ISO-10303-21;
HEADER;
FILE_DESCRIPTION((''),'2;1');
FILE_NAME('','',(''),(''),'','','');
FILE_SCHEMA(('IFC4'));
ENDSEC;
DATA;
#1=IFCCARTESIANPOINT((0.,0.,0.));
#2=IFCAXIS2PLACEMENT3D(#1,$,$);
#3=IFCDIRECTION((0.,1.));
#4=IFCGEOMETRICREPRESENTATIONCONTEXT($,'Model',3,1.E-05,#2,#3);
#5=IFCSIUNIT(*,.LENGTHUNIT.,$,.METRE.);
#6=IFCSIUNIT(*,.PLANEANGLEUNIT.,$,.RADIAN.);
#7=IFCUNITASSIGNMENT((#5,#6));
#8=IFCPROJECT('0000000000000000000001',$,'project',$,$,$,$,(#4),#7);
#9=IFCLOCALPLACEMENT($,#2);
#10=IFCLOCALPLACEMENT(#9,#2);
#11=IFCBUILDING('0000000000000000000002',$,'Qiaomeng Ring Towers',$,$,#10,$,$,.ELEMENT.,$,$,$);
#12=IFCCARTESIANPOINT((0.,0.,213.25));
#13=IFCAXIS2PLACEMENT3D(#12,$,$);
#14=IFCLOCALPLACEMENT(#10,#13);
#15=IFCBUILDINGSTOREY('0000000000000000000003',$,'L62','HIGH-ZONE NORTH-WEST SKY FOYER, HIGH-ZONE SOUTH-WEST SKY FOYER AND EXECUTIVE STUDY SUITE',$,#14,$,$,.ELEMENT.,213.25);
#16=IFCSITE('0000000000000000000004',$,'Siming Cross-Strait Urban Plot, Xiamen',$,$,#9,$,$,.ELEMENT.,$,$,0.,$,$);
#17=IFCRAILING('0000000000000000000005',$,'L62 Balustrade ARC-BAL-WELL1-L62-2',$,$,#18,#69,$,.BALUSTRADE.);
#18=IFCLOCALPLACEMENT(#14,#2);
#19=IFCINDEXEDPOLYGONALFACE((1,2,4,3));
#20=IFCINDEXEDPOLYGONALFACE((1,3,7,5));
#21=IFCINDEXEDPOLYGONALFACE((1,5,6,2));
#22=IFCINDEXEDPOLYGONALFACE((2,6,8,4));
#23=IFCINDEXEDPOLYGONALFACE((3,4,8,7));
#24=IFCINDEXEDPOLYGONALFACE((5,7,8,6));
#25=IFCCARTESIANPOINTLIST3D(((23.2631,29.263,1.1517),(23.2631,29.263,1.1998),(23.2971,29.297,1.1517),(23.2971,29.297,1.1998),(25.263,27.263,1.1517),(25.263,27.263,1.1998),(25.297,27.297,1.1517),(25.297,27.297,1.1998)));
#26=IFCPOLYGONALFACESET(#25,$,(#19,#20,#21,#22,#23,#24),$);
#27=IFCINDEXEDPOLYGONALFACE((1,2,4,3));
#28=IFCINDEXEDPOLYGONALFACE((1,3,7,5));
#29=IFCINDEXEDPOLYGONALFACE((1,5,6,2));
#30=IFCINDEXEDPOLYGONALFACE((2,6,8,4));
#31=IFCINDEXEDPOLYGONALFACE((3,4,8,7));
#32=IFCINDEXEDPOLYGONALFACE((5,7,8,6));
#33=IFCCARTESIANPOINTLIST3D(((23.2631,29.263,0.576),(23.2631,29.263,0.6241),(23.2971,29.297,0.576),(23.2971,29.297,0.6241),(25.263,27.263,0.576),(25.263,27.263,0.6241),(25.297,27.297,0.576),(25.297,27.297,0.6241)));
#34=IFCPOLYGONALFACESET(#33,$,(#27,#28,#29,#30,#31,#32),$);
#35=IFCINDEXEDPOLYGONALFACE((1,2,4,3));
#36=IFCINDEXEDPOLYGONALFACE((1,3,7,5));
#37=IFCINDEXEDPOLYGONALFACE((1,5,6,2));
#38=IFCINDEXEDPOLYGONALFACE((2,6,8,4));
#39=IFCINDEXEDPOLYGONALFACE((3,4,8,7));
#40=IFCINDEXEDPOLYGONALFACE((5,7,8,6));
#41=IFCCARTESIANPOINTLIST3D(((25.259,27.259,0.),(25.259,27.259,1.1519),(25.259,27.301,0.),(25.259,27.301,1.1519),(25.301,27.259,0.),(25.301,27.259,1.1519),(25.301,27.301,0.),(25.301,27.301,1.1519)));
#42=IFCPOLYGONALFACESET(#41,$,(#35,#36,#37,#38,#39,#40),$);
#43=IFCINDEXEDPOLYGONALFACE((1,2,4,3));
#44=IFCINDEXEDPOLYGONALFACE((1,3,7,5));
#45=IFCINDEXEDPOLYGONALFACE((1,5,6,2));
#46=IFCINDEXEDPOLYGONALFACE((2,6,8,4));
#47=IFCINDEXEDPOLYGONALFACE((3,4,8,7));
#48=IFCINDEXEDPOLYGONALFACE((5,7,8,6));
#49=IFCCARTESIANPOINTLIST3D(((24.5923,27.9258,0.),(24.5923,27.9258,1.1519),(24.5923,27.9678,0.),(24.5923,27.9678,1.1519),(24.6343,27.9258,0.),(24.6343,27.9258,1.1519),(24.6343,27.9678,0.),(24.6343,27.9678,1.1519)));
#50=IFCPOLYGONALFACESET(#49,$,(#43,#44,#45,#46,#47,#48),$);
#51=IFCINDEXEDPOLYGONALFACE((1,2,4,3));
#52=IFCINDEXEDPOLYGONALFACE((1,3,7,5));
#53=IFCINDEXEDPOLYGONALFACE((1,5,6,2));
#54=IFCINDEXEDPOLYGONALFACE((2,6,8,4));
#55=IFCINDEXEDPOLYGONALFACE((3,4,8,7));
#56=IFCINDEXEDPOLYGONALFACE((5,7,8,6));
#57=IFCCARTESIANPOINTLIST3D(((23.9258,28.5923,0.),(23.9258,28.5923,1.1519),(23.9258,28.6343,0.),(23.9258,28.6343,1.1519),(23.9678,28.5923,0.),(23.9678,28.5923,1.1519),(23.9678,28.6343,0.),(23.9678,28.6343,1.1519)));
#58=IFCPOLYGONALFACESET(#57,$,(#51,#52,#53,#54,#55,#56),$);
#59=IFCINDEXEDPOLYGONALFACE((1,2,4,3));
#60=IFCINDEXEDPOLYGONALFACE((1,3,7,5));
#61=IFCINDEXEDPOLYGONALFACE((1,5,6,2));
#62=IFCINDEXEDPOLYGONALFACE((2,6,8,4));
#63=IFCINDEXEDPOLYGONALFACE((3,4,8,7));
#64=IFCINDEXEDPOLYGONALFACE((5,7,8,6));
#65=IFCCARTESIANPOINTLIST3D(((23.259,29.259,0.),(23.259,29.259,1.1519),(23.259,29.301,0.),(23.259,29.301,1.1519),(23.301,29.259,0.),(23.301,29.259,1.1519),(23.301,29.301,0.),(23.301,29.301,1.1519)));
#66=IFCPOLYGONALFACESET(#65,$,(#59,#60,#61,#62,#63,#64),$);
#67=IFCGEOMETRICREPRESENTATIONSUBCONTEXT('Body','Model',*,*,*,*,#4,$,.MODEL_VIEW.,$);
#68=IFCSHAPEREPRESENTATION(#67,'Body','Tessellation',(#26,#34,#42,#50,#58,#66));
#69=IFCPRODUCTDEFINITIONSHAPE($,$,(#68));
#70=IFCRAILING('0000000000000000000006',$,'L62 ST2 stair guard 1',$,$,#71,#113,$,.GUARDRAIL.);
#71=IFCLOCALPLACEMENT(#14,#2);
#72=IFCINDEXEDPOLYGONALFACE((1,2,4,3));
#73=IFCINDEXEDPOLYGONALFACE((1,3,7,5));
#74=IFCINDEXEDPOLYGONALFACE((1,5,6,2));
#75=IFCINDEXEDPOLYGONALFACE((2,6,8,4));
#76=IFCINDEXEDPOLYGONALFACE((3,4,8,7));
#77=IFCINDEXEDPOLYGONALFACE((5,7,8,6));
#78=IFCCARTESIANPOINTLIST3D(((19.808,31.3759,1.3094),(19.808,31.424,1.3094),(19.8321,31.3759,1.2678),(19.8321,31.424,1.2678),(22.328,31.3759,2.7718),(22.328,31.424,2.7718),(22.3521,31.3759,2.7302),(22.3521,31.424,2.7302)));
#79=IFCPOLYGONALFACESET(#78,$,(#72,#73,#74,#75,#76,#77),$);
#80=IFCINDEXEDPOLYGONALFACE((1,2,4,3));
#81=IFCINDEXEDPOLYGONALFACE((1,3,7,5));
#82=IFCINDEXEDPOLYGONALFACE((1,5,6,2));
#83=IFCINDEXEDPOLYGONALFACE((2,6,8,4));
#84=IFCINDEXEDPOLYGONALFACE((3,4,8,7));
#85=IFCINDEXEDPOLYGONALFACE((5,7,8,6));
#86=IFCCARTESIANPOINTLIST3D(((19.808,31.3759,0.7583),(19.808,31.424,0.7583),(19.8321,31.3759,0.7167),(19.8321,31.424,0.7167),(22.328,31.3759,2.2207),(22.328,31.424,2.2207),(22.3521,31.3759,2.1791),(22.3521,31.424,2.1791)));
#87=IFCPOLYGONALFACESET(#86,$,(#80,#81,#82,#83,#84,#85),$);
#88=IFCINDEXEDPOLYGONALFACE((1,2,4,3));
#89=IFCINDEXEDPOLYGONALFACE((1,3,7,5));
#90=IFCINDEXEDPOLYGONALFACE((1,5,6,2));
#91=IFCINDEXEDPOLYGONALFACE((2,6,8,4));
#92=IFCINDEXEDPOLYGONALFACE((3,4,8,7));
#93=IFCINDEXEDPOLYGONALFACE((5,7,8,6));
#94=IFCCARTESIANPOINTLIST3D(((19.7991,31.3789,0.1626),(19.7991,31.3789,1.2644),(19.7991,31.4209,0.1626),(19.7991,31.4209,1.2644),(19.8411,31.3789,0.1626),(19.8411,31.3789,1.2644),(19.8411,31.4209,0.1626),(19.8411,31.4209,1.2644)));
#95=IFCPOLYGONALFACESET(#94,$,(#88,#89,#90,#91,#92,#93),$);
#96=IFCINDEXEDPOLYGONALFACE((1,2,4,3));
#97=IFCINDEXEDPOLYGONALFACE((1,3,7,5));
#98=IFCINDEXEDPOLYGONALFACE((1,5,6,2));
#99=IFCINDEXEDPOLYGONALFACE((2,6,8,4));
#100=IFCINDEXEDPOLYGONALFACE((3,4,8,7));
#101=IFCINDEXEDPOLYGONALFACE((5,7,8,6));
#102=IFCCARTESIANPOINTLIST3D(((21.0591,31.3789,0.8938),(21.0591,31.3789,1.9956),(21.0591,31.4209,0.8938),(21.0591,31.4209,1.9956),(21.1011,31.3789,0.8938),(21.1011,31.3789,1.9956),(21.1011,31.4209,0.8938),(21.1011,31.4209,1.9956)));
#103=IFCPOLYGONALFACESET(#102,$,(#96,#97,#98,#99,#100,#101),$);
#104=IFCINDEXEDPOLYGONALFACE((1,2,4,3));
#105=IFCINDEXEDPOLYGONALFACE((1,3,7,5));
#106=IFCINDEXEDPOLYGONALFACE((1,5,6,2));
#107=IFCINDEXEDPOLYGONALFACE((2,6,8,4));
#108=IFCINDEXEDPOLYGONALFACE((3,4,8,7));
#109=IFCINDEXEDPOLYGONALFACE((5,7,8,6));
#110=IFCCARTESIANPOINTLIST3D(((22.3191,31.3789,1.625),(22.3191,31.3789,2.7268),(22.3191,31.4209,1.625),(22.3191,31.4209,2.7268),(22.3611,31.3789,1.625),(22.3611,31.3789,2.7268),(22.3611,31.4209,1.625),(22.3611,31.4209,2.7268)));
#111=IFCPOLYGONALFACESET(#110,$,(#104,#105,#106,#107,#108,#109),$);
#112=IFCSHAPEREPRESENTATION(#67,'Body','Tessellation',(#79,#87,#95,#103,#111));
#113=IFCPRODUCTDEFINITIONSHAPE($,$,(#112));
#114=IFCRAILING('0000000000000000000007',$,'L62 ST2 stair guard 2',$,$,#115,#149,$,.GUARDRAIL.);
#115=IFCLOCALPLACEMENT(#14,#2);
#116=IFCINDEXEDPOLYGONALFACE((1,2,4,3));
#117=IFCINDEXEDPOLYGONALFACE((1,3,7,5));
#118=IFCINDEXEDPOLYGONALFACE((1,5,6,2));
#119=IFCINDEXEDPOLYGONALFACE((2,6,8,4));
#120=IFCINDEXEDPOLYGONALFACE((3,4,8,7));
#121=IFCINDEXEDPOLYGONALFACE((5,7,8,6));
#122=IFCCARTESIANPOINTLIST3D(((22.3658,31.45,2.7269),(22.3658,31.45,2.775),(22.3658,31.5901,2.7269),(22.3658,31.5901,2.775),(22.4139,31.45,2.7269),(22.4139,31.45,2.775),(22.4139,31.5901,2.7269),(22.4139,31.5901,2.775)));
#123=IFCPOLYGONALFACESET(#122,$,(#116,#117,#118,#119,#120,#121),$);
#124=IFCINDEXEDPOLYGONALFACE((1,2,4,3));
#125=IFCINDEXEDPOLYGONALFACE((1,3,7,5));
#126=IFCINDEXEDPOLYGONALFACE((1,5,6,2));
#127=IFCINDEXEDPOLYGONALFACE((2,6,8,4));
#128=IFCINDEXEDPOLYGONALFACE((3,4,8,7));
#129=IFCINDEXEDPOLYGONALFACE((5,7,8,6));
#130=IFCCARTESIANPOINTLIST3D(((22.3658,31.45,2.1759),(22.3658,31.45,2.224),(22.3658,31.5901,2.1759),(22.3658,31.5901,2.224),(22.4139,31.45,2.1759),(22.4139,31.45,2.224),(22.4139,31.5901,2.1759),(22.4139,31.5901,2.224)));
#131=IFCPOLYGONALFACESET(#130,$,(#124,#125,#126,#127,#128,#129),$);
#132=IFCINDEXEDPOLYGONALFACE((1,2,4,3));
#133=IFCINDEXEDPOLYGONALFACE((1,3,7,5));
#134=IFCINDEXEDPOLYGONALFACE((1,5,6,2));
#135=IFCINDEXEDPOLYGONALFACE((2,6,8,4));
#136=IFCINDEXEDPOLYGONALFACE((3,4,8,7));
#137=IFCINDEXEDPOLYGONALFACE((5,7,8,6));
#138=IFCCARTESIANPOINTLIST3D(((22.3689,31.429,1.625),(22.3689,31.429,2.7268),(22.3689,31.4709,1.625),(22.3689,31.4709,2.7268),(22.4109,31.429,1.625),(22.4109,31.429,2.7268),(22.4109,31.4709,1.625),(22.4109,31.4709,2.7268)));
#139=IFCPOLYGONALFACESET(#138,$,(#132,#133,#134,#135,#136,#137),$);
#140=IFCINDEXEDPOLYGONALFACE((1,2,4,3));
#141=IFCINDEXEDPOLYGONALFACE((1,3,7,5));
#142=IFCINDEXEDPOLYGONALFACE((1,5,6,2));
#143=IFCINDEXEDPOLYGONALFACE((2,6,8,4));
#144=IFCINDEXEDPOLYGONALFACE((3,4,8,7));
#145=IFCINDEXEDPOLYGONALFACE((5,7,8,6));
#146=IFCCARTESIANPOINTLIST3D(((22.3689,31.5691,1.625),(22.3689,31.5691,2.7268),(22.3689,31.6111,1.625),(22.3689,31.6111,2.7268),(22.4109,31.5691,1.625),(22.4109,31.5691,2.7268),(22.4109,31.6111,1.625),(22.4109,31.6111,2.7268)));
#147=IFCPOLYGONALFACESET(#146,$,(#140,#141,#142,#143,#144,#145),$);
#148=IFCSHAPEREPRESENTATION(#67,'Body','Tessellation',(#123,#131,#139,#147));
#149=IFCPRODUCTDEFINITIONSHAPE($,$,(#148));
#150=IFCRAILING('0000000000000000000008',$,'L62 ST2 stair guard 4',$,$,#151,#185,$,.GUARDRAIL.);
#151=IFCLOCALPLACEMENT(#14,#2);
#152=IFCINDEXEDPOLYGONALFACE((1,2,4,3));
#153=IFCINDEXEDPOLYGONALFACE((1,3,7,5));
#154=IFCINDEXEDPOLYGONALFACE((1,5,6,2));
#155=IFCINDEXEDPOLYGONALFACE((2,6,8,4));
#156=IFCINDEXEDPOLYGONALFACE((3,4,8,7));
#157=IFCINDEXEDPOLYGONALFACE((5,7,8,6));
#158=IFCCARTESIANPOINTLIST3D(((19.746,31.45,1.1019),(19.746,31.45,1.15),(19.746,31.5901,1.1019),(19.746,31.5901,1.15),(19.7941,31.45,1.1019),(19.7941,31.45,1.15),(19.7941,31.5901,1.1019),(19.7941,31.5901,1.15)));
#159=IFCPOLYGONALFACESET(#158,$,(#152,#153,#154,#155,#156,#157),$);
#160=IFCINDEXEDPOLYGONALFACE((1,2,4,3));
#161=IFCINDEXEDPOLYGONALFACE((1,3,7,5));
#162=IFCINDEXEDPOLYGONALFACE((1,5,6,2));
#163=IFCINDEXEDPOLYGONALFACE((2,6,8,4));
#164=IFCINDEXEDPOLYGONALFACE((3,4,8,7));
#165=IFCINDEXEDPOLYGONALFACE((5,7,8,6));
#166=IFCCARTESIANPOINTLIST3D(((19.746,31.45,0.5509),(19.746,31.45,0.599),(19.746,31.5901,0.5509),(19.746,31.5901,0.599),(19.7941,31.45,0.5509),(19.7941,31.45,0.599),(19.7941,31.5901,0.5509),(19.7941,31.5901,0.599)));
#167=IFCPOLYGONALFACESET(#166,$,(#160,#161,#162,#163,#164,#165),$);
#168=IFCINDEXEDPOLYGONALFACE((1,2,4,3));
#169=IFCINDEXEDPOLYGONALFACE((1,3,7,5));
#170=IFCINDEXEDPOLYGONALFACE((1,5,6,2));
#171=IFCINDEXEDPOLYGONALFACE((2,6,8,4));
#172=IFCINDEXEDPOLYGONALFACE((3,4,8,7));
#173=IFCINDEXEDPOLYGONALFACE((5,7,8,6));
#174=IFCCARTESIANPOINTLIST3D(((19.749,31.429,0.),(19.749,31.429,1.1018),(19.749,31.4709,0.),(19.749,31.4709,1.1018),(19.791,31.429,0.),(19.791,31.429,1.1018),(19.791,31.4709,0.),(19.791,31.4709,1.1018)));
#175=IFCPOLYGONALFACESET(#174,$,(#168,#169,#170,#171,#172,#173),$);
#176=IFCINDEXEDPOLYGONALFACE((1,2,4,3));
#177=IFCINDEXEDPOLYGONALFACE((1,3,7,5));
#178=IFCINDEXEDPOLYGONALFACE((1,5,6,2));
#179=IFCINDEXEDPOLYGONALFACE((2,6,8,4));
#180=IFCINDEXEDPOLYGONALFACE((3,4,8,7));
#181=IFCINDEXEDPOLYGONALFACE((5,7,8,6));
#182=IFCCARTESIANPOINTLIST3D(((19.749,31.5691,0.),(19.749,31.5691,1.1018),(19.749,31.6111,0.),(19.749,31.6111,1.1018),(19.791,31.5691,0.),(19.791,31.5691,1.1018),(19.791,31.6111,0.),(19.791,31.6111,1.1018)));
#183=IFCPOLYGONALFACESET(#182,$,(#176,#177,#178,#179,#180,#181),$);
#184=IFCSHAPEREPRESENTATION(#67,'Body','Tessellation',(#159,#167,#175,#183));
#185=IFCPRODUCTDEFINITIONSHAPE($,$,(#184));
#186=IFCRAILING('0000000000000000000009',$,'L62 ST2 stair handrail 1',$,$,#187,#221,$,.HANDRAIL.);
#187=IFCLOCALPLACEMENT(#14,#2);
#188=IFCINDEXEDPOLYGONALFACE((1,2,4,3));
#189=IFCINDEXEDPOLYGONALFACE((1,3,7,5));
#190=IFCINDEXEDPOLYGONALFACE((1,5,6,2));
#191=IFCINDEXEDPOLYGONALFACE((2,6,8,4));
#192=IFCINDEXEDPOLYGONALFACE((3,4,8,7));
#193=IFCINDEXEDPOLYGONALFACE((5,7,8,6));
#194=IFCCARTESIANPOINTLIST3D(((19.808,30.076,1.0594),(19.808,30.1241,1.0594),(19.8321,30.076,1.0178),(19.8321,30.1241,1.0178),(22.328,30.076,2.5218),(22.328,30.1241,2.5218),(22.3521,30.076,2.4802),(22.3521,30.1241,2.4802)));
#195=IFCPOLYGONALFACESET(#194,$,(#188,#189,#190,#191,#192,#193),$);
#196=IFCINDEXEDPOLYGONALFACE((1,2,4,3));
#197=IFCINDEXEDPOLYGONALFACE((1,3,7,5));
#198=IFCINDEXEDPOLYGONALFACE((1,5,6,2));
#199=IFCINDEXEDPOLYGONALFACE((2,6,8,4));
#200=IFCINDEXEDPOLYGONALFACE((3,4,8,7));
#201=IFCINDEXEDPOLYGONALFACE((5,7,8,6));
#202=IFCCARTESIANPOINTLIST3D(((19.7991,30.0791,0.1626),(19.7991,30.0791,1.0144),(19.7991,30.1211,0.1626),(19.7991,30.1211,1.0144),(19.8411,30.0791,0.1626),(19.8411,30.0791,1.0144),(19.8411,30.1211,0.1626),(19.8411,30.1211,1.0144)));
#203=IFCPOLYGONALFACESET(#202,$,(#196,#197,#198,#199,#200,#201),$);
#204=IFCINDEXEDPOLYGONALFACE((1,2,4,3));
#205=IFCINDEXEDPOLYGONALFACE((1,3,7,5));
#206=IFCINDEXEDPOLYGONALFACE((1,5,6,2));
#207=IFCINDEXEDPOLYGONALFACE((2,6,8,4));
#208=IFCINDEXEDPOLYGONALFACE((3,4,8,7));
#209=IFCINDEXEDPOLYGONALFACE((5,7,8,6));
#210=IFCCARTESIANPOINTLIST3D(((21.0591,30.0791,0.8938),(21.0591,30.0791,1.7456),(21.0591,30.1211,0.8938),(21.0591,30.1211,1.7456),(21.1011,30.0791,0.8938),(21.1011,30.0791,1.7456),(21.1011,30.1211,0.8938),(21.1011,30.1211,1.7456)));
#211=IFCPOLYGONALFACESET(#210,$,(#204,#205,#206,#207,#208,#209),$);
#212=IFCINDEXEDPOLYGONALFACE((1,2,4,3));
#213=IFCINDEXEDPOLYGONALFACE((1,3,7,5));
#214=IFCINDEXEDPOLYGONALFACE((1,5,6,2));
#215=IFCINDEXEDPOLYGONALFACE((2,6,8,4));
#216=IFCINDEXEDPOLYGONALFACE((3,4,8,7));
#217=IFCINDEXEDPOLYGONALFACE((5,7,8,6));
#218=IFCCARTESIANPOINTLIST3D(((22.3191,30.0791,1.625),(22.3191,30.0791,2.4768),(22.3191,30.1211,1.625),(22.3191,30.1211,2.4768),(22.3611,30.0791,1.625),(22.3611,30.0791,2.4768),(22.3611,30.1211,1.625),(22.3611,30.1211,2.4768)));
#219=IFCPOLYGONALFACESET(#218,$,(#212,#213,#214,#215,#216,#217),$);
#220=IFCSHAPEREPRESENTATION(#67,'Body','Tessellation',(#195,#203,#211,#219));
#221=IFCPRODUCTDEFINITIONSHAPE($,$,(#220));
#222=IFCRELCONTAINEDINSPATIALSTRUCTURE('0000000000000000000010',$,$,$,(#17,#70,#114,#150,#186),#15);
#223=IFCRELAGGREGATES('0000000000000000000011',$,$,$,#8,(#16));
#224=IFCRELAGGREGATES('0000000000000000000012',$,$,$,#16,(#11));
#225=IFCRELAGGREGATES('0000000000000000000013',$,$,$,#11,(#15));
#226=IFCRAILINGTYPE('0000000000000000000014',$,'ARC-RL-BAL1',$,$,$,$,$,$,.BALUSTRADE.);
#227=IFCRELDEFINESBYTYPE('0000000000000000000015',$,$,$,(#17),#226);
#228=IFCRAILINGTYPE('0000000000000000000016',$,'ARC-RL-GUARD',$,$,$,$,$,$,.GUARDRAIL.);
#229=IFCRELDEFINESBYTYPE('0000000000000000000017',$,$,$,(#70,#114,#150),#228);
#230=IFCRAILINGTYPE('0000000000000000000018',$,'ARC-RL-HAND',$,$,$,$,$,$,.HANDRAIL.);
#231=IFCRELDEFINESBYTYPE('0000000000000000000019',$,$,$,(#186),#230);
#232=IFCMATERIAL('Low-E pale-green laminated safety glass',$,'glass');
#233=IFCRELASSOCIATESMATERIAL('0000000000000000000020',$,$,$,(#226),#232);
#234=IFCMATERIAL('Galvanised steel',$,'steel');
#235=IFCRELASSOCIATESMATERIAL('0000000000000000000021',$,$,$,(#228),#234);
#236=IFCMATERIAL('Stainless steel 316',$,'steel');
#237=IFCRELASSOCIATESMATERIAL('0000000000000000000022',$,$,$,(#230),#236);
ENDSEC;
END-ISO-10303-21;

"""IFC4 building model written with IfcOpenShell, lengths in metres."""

from ifc_helpers import new_model, si_unit, direction, frame, origin, origin_2d, place, context, subcontext, project, spatial, rectangle, extrude, material, type_object, element, save


model = new_model("IFC4")

# Units and contexts
model_context = context("Model", 3, precision=1e-05, world=origin(), true_north=direction((0.0, 1.0)))
body_context = subcontext(model_context, "Body", "Model", "MODEL_VIEW")
ifc_project = project(units=[si_unit("LENGTHUNIT", "METRE"), si_unit("PLANEANGLEUNIT", "RADIAN")], contexts=[model_context])

# Site, building, storey
site_placement = place(None, origin())
site = spatial("IfcSite", under=ifc_project, at=site_placement, Name="Siming Cross-Strait Urban Plot, Xiamen", CompositionType="ELEMENT", RefElevation=0.0)
building_placement = place(site_placement, origin())
building = spatial("IfcBuilding", under=site, at=building_placement, Name="Qiaomeng Ring Towers", CompositionType="ELEMENT")
storey_placement = place(building_placement, frame((0.0, 0.0, 213.25)))
storey = spatial("IfcBuildingStorey", under=building, at=storey_placement, Name="L62", Description="HIGH-ZONE NORTH-WEST SKY FOYER, HIGH-ZONE SOUTH-WEST SKY FOYER AND EXECUTIVE STUDY SUITE", CompositionType="ELEMENT", Elevation=213.25)

# Shared definitions
ifc_material_1 = material(Name="Stainless steel 316", Category="steel")

# Shared definitions
ifc_material_2 = material(Name="Galvanised steel", Category="steel")

# Railings
ifc_material_3 = material(Name="Low-E pale-green laminated safety glass", Category="glass")
railing_type_1 = type_object("IfcRailingType", Name="ARC-RL-BAL1", PredefinedType="BALUSTRADE", material=ifc_material_3)
railing_1_placement = place(storey_placement, frame((25.28, 27.28, 0.0)))
element("IfcRailing", 1, at=railing_1_placement, inside=storey, type_object=railing_type_1, Name="L62 Balustrade ARC-BAL-WELL1-L62-2", PredefinedType="BALUSTRADE", context=body_context, shape_type="SweptSolid", body=[
    extrude(rectangle(XDim=0.0481, YDim=0.0481, at=origin_2d()), frame((0.0, 0.0, 1.1758), z_axis=(-0.707107, 0.707107, 0.0), x_axis=(-0.707107, -0.707107, 0.0)), (0.0, 0.0, 1.0), 2.8284),
    extrude(rectangle(XDim=0.0481, YDim=0.0481, at=origin_2d()), frame((0.0, 0.0, 0.6001), z_axis=(-0.707107, 0.707107, 0.0), x_axis=(-0.707107, -0.707107, 0.0)), (0.0, 0.0, 1.0), 2.8284),
    extrude(rectangle(XDim=0.042, YDim=0.042, at=origin_2d()), origin(), (0.0, 0.0, 1.0), 1.1519),
    extrude(rectangle(XDim=0.042, YDim=0.042, at=origin_2d()), frame((-0.6667, 0.6667, 0.0)), (0.0, 0.0, 1.0), 1.1519),
    extrude(rectangle(XDim=0.042, YDim=0.042, at=origin_2d()), frame((-1.3333, 1.3333, 0.0)), (0.0, 0.0, 1.0), 1.1519),
    extrude(rectangle(XDim=0.042, YDim=0.042, at=origin_2d()), frame((-2.0, 2.0, 0.0)), (0.0, 0.0, 1.0), 1.1519),
])
railing_type_2 = type_object("IfcRailingType", Name="ARC-RL-GUARD", PredefinedType="GUARDRAIL", material=ifc_material_2)
railing_2_placement = place(storey_placement, frame((19.8201, 31.3999, 0.1626)))
element("IfcRailing", 2, at=railing_2_placement, inside=storey, type_object=railing_type_2, Name="L62 ST2 stair guard 1", PredefinedType="GUARDRAIL", context=body_context, shape_type="SweptSolid", body=[
    extrude(rectangle(XDim=0.0481, YDim=0.0481, at=origin_2d()), frame((0.0, 0.0, 1.126), z_axis=(0.864913, 0.0, 0.501921), x_axis=(0.0, 1.0, 0.0)), (0.0, 0.0, 1.0), 2.9136),
    extrude(rectangle(XDim=0.0481, YDim=0.0481, at=origin_2d()), frame((0.0, 0.0, 0.575), z_axis=(0.864913, 0.0, 0.501921), x_axis=(0.0, 1.0, 0.0)), (0.0, 0.0, 1.0), 2.9136),
    extrude(rectangle(XDim=0.042, YDim=0.042, at=origin_2d()), origin(), (0.0, 0.0, 1.0), 1.1018),
    extrude(rectangle(XDim=0.042, YDim=0.042, at=origin_2d()), frame((1.26, 0.0, 0.7312)), (0.0, 0.0, 1.0), 1.1018),
    extrude(rectangle(XDim=0.042, YDim=0.042, at=origin_2d()), frame((2.52, 0.0, 1.4624)), (0.0, 0.0, 1.0), 1.1018),
])
for number, where, name in (
    (3, (22.3899, 31.45, 1.625), "L62 ST2 stair guard 2"),
    (4, (19.77, 31.45, 0.0), "L62 ST2 stair guard 4"),
):
    element("IfcRailing", number, at=place(storey_placement, frame(where)), inside=storey, type_object=railing_type_2, Name=name, PredefinedType="GUARDRAIL", context=body_context, shape_type="SweptSolid", body=[
        extrude(rectangle(XDim=0.0481, YDim=0.0481, at=origin_2d()), frame((0.0, 0.0, 1.126), z_axis=(0.0, 1.0, 0.0), x_axis=(-1.0, 0.0, 0.0)), (0.0, 0.0, 1.0), 0.1401),
        extrude(rectangle(XDim=0.0481, YDim=0.0481, at=origin_2d()), frame((0.0, 0.0, 0.575), z_axis=(0.0, 1.0, 0.0), x_axis=(-1.0, 0.0, 0.0)), (0.0, 0.0, 1.0), 0.1401),
        extrude(rectangle(XDim=0.042, YDim=0.042, at=origin_2d()), origin(), (0.0, 0.0, 1.0), 1.1018),
        extrude(rectangle(XDim=0.042, YDim=0.042, at=origin_2d()), frame((0.0, 0.1401, 0.0)), (0.0, 0.0, 1.0), 1.1018),
    ])
railing_type_3 = type_object("IfcRailingType", Name="ARC-RL-HAND", PredefinedType="HANDRAIL", material=ifc_material_1)
railing_3_placement = place(storey_placement, frame((19.8201, 30.1001, 0.1626)))
element("IfcRailing", 5, at=railing_3_placement, inside=storey, type_object=railing_type_3, Name="L62 ST2 stair handrail 1", PredefinedType="HANDRAIL", context=body_context, shape_type="SweptSolid", body=[
    extrude(rectangle(XDim=0.0481, YDim=0.0481, at=origin_2d()), frame((0.0, 0.0, 0.876), z_axis=(0.864913, 0.0, 0.501921), x_axis=(0.0, 1.0, 0.0)), (0.0, 0.0, 1.0), 2.9136),
    extrude(rectangle(XDim=0.042, YDim=0.042, at=origin_2d()), origin(), (0.0, 0.0, 1.0), 0.8518),
    extrude(rectangle(XDim=0.042, YDim=0.042, at=origin_2d()), frame((1.26, 0.0, 0.7312)), (0.0, 0.0, 1.0), 0.8518),
    extrude(rectangle(XDim=0.042, YDim=0.042, at=origin_2d()), frame((2.52, 0.0, 1.4624)), (0.0, 0.0, 1.0), 0.8518),
])

save(model, "model.ifc")
